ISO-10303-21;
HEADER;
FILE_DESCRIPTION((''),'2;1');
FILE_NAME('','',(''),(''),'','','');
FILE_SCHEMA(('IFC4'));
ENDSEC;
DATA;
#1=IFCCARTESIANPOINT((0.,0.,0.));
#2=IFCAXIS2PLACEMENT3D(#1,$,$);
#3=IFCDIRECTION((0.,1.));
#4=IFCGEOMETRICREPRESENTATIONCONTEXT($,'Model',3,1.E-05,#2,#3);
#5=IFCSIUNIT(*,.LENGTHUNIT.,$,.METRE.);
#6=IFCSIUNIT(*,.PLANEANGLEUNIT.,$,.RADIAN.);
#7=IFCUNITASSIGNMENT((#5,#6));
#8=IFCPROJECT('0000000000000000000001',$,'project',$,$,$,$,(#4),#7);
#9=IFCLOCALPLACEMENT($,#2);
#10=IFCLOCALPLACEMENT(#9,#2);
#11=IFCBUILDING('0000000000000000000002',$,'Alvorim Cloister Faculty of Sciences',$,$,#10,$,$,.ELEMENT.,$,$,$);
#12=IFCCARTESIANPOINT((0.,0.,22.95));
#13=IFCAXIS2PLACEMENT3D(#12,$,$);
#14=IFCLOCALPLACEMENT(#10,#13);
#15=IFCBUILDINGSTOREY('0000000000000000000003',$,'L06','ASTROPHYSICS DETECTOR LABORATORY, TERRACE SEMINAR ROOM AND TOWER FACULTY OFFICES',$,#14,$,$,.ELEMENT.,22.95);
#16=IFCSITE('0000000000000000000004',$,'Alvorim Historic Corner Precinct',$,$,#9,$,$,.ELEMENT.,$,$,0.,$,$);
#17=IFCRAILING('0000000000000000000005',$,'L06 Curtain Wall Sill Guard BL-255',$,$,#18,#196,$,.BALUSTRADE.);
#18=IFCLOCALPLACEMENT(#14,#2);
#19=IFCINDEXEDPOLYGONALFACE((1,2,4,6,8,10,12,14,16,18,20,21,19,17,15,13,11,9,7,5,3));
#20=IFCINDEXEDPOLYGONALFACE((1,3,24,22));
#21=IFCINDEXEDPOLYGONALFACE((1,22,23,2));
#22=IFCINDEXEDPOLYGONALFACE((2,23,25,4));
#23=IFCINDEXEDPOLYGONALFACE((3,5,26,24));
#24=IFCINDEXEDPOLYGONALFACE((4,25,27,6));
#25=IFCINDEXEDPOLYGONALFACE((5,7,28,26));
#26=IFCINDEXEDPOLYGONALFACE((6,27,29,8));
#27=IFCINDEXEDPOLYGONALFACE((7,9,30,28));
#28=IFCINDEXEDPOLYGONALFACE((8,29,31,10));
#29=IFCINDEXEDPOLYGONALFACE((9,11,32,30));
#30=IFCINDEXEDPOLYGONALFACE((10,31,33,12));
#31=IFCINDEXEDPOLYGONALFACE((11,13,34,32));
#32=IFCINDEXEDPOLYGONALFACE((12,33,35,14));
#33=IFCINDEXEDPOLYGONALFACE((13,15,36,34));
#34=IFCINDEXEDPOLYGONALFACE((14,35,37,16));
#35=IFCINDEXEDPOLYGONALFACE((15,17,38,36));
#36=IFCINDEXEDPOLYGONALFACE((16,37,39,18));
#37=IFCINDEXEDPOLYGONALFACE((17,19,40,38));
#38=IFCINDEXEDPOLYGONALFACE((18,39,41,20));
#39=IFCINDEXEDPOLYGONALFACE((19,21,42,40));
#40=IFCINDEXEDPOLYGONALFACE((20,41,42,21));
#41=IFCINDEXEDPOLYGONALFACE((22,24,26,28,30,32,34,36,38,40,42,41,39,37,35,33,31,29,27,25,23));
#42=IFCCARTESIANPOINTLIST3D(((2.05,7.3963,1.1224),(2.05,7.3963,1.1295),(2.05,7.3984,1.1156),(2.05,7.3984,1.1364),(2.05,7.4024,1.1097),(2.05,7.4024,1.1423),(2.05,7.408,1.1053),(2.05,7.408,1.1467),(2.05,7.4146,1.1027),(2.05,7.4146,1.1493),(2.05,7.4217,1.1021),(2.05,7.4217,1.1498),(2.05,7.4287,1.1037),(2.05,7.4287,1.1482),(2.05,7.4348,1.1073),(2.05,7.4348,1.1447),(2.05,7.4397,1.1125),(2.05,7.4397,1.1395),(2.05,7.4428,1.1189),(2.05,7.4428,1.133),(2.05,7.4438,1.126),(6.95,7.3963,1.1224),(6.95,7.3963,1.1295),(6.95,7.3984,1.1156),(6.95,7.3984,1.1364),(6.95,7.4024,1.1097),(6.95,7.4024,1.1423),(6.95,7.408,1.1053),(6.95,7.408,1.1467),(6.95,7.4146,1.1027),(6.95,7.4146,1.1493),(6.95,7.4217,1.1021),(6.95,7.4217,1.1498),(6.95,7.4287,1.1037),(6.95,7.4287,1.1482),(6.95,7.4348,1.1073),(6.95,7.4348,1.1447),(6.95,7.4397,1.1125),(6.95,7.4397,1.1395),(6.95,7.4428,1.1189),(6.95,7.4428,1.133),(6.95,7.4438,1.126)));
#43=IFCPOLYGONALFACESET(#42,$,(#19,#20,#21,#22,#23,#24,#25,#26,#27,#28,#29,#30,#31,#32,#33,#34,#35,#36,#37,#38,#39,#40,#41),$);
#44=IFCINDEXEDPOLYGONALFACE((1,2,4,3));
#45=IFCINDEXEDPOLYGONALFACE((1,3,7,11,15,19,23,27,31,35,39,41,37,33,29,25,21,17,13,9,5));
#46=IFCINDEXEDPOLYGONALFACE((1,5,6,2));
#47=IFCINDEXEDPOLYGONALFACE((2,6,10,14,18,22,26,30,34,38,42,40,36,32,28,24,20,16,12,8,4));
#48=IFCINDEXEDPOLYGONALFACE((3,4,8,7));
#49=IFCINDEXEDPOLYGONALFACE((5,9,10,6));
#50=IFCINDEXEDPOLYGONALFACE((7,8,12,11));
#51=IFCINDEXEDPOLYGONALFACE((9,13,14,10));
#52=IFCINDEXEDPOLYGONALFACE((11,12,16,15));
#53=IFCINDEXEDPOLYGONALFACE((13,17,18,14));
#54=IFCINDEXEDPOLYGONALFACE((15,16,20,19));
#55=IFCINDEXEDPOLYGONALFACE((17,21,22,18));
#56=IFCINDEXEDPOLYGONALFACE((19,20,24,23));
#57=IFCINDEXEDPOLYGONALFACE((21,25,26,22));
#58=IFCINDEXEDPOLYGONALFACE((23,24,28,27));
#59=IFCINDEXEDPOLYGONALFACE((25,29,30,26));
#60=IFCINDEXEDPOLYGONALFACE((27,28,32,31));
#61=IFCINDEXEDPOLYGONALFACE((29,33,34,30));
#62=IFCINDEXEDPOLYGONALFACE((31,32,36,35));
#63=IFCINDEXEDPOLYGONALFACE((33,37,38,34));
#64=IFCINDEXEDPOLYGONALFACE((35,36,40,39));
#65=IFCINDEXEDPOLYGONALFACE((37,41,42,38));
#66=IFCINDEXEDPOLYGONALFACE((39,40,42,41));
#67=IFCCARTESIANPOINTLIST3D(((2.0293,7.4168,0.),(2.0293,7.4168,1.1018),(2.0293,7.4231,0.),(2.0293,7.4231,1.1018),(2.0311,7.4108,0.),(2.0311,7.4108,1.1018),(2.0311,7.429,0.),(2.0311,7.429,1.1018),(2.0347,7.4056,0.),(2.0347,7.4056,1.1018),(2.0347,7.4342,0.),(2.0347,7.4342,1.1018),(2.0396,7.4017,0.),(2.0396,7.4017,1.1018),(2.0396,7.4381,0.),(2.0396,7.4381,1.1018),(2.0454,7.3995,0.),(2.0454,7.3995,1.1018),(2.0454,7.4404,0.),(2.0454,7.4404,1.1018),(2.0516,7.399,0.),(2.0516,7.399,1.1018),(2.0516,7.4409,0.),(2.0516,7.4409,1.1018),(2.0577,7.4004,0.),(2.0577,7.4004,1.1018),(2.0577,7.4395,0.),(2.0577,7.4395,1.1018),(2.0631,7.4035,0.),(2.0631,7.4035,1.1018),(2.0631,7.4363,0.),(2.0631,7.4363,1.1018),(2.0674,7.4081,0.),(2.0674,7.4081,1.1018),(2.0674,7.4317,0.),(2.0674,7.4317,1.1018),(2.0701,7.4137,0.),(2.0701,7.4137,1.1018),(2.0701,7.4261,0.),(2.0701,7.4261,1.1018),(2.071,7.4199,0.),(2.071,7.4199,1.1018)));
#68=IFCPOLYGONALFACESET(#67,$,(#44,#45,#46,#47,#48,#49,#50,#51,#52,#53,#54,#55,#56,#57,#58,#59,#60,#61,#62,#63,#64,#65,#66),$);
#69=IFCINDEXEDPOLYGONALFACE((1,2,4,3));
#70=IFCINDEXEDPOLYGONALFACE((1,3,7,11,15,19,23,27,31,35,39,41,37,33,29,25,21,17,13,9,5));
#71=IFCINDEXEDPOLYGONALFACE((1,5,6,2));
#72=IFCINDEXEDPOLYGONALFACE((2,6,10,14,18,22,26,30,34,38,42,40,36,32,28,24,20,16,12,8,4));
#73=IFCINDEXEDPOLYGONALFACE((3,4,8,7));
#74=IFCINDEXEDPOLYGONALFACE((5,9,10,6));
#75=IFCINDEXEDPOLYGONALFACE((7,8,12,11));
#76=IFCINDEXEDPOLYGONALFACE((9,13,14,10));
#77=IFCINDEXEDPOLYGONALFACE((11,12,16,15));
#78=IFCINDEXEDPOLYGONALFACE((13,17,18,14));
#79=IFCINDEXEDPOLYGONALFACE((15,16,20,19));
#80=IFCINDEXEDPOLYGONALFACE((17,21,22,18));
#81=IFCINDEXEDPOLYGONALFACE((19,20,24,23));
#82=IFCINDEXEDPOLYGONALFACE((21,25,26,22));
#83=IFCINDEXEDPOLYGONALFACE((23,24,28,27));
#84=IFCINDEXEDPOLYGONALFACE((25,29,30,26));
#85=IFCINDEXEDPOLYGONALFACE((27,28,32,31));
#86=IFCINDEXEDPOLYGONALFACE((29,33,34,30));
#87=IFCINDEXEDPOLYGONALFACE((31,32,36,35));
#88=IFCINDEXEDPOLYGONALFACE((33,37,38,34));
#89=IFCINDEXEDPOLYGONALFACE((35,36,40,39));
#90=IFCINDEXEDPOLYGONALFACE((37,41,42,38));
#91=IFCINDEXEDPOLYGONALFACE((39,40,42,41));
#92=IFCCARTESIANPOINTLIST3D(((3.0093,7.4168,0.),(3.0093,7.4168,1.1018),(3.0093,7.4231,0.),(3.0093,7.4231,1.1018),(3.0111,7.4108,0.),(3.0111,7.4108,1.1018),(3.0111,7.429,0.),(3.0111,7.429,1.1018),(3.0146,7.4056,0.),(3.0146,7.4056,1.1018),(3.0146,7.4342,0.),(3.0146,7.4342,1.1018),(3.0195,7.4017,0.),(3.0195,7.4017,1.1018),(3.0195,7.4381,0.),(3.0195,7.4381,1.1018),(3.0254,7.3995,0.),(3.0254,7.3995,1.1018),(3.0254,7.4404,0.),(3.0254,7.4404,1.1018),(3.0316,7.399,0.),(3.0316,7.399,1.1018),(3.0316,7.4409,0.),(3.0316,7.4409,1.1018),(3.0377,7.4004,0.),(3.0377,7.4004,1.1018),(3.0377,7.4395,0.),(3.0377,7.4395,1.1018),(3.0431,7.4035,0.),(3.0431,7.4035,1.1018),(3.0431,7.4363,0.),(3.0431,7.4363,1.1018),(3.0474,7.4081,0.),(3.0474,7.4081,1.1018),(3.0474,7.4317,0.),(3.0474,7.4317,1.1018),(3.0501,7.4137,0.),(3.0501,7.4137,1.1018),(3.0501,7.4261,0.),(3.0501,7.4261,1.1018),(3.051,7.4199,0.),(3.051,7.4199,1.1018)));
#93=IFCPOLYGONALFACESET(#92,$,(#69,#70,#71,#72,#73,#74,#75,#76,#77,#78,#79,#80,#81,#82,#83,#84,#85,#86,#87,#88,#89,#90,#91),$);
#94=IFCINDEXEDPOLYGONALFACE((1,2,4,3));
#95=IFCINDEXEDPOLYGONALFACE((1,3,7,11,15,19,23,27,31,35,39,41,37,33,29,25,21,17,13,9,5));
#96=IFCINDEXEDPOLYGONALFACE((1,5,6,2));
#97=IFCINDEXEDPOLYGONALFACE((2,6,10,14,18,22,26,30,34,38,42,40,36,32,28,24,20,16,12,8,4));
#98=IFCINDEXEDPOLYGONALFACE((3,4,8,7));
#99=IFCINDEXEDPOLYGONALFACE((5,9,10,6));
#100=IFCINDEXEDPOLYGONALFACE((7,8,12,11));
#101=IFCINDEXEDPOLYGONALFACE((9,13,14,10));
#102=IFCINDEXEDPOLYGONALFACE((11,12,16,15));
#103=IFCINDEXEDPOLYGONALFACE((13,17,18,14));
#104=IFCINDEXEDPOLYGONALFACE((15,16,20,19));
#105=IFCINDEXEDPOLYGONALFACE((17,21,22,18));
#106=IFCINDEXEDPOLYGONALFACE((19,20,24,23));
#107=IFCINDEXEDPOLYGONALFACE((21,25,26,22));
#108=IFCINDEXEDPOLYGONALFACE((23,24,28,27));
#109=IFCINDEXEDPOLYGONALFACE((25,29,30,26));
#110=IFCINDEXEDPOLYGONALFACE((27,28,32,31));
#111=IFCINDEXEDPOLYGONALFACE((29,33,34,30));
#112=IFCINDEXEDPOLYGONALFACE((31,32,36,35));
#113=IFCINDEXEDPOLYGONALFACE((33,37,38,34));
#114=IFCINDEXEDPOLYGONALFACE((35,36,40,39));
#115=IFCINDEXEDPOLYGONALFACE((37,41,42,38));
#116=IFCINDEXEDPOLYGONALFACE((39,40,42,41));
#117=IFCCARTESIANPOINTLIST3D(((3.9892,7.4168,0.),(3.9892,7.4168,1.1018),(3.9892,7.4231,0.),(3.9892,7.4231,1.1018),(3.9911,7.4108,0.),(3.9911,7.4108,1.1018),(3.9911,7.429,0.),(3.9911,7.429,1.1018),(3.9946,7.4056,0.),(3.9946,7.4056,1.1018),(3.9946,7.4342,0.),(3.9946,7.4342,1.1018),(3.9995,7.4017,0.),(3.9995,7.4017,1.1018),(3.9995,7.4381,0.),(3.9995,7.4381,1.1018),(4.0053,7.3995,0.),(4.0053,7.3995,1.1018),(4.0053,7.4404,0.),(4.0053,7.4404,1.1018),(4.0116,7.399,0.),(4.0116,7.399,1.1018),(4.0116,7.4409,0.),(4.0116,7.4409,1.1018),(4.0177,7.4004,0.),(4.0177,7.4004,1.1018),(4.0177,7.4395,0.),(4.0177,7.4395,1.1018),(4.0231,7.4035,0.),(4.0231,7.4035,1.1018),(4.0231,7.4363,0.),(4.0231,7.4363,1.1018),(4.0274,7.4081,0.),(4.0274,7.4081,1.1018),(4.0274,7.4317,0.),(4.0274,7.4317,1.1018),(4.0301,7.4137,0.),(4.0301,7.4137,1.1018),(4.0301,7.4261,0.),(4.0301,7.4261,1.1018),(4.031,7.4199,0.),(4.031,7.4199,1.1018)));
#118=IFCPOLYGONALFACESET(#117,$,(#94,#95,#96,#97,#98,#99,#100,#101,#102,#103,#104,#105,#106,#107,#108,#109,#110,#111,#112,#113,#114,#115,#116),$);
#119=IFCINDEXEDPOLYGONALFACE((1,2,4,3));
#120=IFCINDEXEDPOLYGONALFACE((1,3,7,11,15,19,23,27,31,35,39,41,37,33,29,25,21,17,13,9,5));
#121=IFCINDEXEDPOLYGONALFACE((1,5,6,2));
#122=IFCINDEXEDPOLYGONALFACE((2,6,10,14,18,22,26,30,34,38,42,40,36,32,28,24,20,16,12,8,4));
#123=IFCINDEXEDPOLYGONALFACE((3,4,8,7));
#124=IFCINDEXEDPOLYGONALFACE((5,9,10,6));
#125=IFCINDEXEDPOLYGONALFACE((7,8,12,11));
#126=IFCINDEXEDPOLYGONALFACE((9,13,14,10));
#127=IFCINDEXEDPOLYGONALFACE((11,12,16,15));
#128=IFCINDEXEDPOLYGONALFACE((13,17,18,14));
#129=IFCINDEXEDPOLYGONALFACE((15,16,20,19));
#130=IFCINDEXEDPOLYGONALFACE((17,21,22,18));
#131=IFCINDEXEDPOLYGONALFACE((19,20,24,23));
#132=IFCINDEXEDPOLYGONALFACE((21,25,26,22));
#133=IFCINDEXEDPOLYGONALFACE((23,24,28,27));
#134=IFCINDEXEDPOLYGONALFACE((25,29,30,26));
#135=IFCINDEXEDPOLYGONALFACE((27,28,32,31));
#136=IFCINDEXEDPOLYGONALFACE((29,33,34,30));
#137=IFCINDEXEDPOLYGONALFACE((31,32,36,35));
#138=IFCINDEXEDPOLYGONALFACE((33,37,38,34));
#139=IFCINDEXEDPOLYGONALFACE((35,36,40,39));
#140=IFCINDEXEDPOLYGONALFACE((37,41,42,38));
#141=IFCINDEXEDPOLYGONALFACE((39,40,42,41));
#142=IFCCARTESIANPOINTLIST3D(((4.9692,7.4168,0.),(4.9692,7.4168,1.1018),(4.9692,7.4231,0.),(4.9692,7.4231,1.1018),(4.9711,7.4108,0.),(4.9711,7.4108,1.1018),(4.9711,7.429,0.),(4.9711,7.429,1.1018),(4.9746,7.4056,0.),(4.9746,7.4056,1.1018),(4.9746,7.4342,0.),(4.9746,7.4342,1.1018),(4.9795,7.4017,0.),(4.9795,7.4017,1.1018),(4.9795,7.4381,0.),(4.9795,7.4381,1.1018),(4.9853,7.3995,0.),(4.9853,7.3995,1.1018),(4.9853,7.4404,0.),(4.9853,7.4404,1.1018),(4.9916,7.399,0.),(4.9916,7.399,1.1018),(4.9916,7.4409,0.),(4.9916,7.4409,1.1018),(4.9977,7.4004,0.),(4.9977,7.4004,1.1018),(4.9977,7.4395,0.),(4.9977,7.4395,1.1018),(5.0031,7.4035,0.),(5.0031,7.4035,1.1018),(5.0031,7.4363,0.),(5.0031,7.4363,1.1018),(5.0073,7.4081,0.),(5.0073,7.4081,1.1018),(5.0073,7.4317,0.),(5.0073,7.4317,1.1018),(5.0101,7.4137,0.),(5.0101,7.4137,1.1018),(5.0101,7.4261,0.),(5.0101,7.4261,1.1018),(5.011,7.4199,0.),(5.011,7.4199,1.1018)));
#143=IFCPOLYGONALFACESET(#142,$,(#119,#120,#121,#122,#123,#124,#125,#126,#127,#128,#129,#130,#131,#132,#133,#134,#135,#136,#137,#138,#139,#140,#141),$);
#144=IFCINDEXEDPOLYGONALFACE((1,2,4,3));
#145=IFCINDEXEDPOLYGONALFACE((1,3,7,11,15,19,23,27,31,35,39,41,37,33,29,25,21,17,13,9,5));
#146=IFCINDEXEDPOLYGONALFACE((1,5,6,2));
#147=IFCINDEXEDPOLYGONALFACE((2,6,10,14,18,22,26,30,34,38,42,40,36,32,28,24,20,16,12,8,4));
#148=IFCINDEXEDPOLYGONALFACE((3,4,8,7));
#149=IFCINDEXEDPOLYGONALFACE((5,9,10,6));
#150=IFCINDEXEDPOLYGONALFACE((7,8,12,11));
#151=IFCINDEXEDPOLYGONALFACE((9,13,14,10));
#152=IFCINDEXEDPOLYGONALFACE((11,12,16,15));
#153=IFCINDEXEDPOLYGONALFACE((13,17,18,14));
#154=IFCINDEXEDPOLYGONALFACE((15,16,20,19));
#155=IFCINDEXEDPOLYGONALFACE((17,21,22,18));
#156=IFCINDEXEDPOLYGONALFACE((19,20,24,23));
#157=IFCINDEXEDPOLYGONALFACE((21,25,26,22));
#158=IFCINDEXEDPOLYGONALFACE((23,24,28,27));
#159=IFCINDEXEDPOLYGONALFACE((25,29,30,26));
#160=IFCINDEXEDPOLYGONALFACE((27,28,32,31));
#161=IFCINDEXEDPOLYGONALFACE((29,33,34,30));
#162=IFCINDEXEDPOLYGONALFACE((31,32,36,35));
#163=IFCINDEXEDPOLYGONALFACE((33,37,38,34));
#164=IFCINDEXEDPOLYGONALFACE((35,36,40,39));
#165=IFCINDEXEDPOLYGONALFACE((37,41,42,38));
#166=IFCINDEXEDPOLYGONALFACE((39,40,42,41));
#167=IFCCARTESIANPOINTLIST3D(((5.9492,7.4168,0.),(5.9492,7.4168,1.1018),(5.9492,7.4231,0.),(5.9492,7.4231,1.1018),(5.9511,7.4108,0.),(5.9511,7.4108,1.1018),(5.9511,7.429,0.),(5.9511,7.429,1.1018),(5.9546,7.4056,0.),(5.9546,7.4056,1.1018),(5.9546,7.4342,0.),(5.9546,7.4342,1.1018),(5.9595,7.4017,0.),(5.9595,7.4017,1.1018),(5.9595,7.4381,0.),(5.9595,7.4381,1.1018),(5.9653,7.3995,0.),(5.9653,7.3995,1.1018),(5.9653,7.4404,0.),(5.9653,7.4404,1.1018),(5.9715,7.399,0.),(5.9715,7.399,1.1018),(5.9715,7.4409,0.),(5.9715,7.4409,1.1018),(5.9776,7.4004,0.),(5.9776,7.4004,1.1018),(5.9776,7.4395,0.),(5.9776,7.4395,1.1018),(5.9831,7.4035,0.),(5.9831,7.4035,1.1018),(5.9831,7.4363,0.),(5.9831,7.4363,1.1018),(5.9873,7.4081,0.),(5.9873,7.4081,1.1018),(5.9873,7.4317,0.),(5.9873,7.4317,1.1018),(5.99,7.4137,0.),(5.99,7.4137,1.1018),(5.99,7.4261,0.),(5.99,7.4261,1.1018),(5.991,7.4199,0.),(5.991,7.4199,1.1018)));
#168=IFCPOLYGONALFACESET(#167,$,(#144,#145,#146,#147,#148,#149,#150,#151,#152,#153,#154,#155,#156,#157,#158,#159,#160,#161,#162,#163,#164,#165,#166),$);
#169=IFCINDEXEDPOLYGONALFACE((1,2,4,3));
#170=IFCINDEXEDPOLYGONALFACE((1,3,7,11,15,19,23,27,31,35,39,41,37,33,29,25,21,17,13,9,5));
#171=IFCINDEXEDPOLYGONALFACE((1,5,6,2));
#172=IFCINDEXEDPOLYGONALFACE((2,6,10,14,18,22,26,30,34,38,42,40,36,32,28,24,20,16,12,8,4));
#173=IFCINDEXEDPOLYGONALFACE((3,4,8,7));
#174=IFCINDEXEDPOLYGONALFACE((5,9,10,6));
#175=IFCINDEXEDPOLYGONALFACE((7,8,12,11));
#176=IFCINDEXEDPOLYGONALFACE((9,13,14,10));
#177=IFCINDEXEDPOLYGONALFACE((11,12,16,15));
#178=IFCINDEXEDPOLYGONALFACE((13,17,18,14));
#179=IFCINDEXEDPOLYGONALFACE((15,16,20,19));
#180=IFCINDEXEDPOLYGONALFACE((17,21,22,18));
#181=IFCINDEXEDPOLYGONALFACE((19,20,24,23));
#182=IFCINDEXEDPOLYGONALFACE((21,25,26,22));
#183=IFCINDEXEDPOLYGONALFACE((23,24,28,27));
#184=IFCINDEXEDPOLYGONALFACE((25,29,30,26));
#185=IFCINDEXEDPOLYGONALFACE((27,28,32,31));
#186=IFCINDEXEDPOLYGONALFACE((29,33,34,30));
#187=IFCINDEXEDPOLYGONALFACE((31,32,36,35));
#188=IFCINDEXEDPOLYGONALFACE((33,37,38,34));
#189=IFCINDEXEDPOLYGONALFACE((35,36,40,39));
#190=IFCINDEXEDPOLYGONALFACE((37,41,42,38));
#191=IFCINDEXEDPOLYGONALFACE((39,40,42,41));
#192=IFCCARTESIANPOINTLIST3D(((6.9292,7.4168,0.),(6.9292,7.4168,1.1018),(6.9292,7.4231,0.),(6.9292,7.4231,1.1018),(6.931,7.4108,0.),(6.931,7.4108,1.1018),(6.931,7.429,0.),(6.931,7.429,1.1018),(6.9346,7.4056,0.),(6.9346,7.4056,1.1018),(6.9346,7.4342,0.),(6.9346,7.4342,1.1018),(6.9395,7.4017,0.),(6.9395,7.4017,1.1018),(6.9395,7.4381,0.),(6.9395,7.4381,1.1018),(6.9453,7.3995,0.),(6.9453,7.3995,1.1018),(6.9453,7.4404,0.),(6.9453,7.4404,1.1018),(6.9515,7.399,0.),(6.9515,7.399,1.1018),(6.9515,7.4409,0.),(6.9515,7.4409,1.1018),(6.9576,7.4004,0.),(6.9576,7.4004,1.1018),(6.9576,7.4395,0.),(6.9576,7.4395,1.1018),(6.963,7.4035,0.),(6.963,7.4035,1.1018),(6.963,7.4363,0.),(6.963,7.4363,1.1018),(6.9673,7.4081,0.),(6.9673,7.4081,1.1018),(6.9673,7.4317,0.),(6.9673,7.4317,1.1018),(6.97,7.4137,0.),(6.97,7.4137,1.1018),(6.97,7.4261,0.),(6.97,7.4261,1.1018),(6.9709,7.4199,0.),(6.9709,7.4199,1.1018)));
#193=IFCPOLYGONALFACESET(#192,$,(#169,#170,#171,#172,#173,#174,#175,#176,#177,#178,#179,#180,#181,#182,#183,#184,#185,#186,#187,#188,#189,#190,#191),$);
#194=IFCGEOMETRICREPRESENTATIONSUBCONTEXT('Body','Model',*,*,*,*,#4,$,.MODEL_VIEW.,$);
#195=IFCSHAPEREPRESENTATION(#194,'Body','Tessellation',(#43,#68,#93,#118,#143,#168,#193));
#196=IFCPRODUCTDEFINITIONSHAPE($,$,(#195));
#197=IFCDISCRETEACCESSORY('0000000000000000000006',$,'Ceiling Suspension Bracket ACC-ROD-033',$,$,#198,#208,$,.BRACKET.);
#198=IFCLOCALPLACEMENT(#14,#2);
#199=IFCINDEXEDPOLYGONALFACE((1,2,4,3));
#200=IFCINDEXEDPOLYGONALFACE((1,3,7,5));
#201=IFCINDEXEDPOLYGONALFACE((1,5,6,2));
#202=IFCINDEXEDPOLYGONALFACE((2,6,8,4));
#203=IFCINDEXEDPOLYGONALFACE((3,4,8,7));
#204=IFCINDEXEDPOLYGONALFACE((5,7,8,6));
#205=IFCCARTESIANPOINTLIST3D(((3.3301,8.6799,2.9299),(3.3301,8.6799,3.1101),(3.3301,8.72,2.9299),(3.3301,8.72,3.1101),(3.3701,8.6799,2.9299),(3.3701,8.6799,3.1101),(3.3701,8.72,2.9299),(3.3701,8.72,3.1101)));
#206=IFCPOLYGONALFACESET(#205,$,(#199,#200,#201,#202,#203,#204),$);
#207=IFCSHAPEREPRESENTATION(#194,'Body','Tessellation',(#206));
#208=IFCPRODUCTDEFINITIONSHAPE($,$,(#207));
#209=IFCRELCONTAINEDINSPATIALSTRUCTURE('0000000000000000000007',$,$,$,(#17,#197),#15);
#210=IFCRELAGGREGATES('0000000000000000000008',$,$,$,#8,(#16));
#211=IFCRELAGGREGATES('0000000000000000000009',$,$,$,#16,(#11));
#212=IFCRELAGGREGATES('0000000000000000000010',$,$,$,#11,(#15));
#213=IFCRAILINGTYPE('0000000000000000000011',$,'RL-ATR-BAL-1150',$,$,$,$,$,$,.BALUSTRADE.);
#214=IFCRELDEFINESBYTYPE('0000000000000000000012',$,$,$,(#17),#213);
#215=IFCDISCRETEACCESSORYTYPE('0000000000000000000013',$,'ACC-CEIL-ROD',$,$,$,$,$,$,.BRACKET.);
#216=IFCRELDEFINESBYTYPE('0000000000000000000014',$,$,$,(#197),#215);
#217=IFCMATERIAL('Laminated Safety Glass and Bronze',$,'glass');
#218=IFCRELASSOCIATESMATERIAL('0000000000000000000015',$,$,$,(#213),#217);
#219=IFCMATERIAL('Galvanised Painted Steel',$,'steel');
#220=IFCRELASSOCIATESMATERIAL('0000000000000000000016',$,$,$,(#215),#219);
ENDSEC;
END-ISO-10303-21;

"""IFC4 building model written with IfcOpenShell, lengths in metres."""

from ifc_helpers import new_model, si_unit, direction, frame, origin, origin_2d, place, context, subcontext, project, spatial, rectangle, circle, extrude, material, type_object, element, save


model = new_model("IFC4")

# Units and contexts
model_context = context("Model", 3, precision=1e-05, world=origin(), true_north=direction((0.0, 1.0)))
body_context = subcontext(model_context, "Body", "Model", "MODEL_VIEW")
ifc_project = project(units=[si_unit("LENGTHUNIT", "METRE"), si_unit("PLANEANGLEUNIT", "RADIAN")], contexts=[model_context])

# Site, building, storey
site_placement = place(None, origin())
site = spatial("IfcSite", under=ifc_project, at=site_placement, Name="Alvorim Historic Corner Precinct", CompositionType="ELEMENT", RefElevation=0.0)
building_placement = place(site_placement, origin())
building = spatial("IfcBuilding", under=site, at=building_placement, Name="Alvorim Cloister Faculty of Sciences", CompositionType="ELEMENT")
storey_placement = place(building_placement, frame((0.0, 0.0, 22.95)))
storey = spatial("IfcBuildingStorey", under=building, at=storey_placement, Name="L06", Description="ASTROPHYSICS DETECTOR LABORATORY, TERRACE SEMINAR ROOM AND TOWER FACULTY OFFICES", CompositionType="ELEMENT", Elevation=22.95)

# Railing
ifc_material_1 = material(Name="Laminated Safety Glass and Bronze", Category="glass")
railing_type = type_object("IfcRailingType", Name="RL-ATR-BAL-1150", PredefinedType="BALUSTRADE", material=ifc_material_1)
railing_1_placement = place(storey_placement, frame((2.05, 7.4199, 0.0)))
element("IfcRailing", 1, at=railing_1_placement, inside=storey, type_object=railing_type, Name="L06 Curtain Wall Sill Guard BL-255", PredefinedType="BALUSTRADE", context=body_context, shape_type="SweptSolid", body=[
    extrude(circle(Radius=0.0239, at=origin_2d()), frame((0.0, 0.0, 1.126), z_axis=(1.0, 0.0, 0.0), x_axis=(0.0, 1.0, 0.0)), (0.0, 0.0, 1.0), 4.8999),
    extrude(circle(Radius=0.021, at=origin_2d()), origin(), (0.0, 0.0, 1.0), 1.1018),
    extrude(circle(Radius=0.021, at=origin_2d()), frame((0.98, 0.0, 0.0)), (0.0, 0.0, 1.0), 1.1018),
    extrude(circle(Radius=0.021, at=origin_2d()), frame((1.96, 0.0, 0.0)), (0.0, 0.0, 1.0), 1.1018),
    extrude(circle(Radius=0.021, at=origin_2d()), frame((2.9399, 0.0, 0.0)), (0.0, 0.0, 1.0), 1.1018),
    extrude(circle(Radius=0.021, at=origin_2d()), frame((3.9199, 0.0, 0.0)), (0.0, 0.0, 1.0), 1.1018),
    extrude(circle(Radius=0.021, at=origin_2d()), frame((4.8999, 0.0, 0.0)), (0.0, 0.0, 1.0), 1.1018),
])

# Discrete accessory
ifc_material_2 = material(Name="Galvanised Painted Steel", Category="steel")
discrete_accessory_type_1 = type_object("IfcDiscreteAccessoryType", Name="ACC-CEIL-ROD", PredefinedType="BRACKET", material=ifc_material_2)
discrete_accessory_placement = place(storey_placement, frame((3.3501, 8.7, 2.9299), z_axis=(0.0, 0.0, 1.0), x_axis=(1.0, 0.0, 0.0)))
element("IfcDiscreteAccessory", 2, at=discrete_accessory_placement, inside=storey, type_object=discrete_accessory_type_1, Name="Ceiling Suspension Bracket ACC-ROD-033", PredefinedType="BRACKET", context=body_context, shape_type="SweptSolid", body=[
    extrude(rectangle(XDim=0.04, YDim=0.04, at=origin_2d()), origin(), (0.0, 0.0, 1.0), 0.1802),
])

save(model, "model.ifc")
